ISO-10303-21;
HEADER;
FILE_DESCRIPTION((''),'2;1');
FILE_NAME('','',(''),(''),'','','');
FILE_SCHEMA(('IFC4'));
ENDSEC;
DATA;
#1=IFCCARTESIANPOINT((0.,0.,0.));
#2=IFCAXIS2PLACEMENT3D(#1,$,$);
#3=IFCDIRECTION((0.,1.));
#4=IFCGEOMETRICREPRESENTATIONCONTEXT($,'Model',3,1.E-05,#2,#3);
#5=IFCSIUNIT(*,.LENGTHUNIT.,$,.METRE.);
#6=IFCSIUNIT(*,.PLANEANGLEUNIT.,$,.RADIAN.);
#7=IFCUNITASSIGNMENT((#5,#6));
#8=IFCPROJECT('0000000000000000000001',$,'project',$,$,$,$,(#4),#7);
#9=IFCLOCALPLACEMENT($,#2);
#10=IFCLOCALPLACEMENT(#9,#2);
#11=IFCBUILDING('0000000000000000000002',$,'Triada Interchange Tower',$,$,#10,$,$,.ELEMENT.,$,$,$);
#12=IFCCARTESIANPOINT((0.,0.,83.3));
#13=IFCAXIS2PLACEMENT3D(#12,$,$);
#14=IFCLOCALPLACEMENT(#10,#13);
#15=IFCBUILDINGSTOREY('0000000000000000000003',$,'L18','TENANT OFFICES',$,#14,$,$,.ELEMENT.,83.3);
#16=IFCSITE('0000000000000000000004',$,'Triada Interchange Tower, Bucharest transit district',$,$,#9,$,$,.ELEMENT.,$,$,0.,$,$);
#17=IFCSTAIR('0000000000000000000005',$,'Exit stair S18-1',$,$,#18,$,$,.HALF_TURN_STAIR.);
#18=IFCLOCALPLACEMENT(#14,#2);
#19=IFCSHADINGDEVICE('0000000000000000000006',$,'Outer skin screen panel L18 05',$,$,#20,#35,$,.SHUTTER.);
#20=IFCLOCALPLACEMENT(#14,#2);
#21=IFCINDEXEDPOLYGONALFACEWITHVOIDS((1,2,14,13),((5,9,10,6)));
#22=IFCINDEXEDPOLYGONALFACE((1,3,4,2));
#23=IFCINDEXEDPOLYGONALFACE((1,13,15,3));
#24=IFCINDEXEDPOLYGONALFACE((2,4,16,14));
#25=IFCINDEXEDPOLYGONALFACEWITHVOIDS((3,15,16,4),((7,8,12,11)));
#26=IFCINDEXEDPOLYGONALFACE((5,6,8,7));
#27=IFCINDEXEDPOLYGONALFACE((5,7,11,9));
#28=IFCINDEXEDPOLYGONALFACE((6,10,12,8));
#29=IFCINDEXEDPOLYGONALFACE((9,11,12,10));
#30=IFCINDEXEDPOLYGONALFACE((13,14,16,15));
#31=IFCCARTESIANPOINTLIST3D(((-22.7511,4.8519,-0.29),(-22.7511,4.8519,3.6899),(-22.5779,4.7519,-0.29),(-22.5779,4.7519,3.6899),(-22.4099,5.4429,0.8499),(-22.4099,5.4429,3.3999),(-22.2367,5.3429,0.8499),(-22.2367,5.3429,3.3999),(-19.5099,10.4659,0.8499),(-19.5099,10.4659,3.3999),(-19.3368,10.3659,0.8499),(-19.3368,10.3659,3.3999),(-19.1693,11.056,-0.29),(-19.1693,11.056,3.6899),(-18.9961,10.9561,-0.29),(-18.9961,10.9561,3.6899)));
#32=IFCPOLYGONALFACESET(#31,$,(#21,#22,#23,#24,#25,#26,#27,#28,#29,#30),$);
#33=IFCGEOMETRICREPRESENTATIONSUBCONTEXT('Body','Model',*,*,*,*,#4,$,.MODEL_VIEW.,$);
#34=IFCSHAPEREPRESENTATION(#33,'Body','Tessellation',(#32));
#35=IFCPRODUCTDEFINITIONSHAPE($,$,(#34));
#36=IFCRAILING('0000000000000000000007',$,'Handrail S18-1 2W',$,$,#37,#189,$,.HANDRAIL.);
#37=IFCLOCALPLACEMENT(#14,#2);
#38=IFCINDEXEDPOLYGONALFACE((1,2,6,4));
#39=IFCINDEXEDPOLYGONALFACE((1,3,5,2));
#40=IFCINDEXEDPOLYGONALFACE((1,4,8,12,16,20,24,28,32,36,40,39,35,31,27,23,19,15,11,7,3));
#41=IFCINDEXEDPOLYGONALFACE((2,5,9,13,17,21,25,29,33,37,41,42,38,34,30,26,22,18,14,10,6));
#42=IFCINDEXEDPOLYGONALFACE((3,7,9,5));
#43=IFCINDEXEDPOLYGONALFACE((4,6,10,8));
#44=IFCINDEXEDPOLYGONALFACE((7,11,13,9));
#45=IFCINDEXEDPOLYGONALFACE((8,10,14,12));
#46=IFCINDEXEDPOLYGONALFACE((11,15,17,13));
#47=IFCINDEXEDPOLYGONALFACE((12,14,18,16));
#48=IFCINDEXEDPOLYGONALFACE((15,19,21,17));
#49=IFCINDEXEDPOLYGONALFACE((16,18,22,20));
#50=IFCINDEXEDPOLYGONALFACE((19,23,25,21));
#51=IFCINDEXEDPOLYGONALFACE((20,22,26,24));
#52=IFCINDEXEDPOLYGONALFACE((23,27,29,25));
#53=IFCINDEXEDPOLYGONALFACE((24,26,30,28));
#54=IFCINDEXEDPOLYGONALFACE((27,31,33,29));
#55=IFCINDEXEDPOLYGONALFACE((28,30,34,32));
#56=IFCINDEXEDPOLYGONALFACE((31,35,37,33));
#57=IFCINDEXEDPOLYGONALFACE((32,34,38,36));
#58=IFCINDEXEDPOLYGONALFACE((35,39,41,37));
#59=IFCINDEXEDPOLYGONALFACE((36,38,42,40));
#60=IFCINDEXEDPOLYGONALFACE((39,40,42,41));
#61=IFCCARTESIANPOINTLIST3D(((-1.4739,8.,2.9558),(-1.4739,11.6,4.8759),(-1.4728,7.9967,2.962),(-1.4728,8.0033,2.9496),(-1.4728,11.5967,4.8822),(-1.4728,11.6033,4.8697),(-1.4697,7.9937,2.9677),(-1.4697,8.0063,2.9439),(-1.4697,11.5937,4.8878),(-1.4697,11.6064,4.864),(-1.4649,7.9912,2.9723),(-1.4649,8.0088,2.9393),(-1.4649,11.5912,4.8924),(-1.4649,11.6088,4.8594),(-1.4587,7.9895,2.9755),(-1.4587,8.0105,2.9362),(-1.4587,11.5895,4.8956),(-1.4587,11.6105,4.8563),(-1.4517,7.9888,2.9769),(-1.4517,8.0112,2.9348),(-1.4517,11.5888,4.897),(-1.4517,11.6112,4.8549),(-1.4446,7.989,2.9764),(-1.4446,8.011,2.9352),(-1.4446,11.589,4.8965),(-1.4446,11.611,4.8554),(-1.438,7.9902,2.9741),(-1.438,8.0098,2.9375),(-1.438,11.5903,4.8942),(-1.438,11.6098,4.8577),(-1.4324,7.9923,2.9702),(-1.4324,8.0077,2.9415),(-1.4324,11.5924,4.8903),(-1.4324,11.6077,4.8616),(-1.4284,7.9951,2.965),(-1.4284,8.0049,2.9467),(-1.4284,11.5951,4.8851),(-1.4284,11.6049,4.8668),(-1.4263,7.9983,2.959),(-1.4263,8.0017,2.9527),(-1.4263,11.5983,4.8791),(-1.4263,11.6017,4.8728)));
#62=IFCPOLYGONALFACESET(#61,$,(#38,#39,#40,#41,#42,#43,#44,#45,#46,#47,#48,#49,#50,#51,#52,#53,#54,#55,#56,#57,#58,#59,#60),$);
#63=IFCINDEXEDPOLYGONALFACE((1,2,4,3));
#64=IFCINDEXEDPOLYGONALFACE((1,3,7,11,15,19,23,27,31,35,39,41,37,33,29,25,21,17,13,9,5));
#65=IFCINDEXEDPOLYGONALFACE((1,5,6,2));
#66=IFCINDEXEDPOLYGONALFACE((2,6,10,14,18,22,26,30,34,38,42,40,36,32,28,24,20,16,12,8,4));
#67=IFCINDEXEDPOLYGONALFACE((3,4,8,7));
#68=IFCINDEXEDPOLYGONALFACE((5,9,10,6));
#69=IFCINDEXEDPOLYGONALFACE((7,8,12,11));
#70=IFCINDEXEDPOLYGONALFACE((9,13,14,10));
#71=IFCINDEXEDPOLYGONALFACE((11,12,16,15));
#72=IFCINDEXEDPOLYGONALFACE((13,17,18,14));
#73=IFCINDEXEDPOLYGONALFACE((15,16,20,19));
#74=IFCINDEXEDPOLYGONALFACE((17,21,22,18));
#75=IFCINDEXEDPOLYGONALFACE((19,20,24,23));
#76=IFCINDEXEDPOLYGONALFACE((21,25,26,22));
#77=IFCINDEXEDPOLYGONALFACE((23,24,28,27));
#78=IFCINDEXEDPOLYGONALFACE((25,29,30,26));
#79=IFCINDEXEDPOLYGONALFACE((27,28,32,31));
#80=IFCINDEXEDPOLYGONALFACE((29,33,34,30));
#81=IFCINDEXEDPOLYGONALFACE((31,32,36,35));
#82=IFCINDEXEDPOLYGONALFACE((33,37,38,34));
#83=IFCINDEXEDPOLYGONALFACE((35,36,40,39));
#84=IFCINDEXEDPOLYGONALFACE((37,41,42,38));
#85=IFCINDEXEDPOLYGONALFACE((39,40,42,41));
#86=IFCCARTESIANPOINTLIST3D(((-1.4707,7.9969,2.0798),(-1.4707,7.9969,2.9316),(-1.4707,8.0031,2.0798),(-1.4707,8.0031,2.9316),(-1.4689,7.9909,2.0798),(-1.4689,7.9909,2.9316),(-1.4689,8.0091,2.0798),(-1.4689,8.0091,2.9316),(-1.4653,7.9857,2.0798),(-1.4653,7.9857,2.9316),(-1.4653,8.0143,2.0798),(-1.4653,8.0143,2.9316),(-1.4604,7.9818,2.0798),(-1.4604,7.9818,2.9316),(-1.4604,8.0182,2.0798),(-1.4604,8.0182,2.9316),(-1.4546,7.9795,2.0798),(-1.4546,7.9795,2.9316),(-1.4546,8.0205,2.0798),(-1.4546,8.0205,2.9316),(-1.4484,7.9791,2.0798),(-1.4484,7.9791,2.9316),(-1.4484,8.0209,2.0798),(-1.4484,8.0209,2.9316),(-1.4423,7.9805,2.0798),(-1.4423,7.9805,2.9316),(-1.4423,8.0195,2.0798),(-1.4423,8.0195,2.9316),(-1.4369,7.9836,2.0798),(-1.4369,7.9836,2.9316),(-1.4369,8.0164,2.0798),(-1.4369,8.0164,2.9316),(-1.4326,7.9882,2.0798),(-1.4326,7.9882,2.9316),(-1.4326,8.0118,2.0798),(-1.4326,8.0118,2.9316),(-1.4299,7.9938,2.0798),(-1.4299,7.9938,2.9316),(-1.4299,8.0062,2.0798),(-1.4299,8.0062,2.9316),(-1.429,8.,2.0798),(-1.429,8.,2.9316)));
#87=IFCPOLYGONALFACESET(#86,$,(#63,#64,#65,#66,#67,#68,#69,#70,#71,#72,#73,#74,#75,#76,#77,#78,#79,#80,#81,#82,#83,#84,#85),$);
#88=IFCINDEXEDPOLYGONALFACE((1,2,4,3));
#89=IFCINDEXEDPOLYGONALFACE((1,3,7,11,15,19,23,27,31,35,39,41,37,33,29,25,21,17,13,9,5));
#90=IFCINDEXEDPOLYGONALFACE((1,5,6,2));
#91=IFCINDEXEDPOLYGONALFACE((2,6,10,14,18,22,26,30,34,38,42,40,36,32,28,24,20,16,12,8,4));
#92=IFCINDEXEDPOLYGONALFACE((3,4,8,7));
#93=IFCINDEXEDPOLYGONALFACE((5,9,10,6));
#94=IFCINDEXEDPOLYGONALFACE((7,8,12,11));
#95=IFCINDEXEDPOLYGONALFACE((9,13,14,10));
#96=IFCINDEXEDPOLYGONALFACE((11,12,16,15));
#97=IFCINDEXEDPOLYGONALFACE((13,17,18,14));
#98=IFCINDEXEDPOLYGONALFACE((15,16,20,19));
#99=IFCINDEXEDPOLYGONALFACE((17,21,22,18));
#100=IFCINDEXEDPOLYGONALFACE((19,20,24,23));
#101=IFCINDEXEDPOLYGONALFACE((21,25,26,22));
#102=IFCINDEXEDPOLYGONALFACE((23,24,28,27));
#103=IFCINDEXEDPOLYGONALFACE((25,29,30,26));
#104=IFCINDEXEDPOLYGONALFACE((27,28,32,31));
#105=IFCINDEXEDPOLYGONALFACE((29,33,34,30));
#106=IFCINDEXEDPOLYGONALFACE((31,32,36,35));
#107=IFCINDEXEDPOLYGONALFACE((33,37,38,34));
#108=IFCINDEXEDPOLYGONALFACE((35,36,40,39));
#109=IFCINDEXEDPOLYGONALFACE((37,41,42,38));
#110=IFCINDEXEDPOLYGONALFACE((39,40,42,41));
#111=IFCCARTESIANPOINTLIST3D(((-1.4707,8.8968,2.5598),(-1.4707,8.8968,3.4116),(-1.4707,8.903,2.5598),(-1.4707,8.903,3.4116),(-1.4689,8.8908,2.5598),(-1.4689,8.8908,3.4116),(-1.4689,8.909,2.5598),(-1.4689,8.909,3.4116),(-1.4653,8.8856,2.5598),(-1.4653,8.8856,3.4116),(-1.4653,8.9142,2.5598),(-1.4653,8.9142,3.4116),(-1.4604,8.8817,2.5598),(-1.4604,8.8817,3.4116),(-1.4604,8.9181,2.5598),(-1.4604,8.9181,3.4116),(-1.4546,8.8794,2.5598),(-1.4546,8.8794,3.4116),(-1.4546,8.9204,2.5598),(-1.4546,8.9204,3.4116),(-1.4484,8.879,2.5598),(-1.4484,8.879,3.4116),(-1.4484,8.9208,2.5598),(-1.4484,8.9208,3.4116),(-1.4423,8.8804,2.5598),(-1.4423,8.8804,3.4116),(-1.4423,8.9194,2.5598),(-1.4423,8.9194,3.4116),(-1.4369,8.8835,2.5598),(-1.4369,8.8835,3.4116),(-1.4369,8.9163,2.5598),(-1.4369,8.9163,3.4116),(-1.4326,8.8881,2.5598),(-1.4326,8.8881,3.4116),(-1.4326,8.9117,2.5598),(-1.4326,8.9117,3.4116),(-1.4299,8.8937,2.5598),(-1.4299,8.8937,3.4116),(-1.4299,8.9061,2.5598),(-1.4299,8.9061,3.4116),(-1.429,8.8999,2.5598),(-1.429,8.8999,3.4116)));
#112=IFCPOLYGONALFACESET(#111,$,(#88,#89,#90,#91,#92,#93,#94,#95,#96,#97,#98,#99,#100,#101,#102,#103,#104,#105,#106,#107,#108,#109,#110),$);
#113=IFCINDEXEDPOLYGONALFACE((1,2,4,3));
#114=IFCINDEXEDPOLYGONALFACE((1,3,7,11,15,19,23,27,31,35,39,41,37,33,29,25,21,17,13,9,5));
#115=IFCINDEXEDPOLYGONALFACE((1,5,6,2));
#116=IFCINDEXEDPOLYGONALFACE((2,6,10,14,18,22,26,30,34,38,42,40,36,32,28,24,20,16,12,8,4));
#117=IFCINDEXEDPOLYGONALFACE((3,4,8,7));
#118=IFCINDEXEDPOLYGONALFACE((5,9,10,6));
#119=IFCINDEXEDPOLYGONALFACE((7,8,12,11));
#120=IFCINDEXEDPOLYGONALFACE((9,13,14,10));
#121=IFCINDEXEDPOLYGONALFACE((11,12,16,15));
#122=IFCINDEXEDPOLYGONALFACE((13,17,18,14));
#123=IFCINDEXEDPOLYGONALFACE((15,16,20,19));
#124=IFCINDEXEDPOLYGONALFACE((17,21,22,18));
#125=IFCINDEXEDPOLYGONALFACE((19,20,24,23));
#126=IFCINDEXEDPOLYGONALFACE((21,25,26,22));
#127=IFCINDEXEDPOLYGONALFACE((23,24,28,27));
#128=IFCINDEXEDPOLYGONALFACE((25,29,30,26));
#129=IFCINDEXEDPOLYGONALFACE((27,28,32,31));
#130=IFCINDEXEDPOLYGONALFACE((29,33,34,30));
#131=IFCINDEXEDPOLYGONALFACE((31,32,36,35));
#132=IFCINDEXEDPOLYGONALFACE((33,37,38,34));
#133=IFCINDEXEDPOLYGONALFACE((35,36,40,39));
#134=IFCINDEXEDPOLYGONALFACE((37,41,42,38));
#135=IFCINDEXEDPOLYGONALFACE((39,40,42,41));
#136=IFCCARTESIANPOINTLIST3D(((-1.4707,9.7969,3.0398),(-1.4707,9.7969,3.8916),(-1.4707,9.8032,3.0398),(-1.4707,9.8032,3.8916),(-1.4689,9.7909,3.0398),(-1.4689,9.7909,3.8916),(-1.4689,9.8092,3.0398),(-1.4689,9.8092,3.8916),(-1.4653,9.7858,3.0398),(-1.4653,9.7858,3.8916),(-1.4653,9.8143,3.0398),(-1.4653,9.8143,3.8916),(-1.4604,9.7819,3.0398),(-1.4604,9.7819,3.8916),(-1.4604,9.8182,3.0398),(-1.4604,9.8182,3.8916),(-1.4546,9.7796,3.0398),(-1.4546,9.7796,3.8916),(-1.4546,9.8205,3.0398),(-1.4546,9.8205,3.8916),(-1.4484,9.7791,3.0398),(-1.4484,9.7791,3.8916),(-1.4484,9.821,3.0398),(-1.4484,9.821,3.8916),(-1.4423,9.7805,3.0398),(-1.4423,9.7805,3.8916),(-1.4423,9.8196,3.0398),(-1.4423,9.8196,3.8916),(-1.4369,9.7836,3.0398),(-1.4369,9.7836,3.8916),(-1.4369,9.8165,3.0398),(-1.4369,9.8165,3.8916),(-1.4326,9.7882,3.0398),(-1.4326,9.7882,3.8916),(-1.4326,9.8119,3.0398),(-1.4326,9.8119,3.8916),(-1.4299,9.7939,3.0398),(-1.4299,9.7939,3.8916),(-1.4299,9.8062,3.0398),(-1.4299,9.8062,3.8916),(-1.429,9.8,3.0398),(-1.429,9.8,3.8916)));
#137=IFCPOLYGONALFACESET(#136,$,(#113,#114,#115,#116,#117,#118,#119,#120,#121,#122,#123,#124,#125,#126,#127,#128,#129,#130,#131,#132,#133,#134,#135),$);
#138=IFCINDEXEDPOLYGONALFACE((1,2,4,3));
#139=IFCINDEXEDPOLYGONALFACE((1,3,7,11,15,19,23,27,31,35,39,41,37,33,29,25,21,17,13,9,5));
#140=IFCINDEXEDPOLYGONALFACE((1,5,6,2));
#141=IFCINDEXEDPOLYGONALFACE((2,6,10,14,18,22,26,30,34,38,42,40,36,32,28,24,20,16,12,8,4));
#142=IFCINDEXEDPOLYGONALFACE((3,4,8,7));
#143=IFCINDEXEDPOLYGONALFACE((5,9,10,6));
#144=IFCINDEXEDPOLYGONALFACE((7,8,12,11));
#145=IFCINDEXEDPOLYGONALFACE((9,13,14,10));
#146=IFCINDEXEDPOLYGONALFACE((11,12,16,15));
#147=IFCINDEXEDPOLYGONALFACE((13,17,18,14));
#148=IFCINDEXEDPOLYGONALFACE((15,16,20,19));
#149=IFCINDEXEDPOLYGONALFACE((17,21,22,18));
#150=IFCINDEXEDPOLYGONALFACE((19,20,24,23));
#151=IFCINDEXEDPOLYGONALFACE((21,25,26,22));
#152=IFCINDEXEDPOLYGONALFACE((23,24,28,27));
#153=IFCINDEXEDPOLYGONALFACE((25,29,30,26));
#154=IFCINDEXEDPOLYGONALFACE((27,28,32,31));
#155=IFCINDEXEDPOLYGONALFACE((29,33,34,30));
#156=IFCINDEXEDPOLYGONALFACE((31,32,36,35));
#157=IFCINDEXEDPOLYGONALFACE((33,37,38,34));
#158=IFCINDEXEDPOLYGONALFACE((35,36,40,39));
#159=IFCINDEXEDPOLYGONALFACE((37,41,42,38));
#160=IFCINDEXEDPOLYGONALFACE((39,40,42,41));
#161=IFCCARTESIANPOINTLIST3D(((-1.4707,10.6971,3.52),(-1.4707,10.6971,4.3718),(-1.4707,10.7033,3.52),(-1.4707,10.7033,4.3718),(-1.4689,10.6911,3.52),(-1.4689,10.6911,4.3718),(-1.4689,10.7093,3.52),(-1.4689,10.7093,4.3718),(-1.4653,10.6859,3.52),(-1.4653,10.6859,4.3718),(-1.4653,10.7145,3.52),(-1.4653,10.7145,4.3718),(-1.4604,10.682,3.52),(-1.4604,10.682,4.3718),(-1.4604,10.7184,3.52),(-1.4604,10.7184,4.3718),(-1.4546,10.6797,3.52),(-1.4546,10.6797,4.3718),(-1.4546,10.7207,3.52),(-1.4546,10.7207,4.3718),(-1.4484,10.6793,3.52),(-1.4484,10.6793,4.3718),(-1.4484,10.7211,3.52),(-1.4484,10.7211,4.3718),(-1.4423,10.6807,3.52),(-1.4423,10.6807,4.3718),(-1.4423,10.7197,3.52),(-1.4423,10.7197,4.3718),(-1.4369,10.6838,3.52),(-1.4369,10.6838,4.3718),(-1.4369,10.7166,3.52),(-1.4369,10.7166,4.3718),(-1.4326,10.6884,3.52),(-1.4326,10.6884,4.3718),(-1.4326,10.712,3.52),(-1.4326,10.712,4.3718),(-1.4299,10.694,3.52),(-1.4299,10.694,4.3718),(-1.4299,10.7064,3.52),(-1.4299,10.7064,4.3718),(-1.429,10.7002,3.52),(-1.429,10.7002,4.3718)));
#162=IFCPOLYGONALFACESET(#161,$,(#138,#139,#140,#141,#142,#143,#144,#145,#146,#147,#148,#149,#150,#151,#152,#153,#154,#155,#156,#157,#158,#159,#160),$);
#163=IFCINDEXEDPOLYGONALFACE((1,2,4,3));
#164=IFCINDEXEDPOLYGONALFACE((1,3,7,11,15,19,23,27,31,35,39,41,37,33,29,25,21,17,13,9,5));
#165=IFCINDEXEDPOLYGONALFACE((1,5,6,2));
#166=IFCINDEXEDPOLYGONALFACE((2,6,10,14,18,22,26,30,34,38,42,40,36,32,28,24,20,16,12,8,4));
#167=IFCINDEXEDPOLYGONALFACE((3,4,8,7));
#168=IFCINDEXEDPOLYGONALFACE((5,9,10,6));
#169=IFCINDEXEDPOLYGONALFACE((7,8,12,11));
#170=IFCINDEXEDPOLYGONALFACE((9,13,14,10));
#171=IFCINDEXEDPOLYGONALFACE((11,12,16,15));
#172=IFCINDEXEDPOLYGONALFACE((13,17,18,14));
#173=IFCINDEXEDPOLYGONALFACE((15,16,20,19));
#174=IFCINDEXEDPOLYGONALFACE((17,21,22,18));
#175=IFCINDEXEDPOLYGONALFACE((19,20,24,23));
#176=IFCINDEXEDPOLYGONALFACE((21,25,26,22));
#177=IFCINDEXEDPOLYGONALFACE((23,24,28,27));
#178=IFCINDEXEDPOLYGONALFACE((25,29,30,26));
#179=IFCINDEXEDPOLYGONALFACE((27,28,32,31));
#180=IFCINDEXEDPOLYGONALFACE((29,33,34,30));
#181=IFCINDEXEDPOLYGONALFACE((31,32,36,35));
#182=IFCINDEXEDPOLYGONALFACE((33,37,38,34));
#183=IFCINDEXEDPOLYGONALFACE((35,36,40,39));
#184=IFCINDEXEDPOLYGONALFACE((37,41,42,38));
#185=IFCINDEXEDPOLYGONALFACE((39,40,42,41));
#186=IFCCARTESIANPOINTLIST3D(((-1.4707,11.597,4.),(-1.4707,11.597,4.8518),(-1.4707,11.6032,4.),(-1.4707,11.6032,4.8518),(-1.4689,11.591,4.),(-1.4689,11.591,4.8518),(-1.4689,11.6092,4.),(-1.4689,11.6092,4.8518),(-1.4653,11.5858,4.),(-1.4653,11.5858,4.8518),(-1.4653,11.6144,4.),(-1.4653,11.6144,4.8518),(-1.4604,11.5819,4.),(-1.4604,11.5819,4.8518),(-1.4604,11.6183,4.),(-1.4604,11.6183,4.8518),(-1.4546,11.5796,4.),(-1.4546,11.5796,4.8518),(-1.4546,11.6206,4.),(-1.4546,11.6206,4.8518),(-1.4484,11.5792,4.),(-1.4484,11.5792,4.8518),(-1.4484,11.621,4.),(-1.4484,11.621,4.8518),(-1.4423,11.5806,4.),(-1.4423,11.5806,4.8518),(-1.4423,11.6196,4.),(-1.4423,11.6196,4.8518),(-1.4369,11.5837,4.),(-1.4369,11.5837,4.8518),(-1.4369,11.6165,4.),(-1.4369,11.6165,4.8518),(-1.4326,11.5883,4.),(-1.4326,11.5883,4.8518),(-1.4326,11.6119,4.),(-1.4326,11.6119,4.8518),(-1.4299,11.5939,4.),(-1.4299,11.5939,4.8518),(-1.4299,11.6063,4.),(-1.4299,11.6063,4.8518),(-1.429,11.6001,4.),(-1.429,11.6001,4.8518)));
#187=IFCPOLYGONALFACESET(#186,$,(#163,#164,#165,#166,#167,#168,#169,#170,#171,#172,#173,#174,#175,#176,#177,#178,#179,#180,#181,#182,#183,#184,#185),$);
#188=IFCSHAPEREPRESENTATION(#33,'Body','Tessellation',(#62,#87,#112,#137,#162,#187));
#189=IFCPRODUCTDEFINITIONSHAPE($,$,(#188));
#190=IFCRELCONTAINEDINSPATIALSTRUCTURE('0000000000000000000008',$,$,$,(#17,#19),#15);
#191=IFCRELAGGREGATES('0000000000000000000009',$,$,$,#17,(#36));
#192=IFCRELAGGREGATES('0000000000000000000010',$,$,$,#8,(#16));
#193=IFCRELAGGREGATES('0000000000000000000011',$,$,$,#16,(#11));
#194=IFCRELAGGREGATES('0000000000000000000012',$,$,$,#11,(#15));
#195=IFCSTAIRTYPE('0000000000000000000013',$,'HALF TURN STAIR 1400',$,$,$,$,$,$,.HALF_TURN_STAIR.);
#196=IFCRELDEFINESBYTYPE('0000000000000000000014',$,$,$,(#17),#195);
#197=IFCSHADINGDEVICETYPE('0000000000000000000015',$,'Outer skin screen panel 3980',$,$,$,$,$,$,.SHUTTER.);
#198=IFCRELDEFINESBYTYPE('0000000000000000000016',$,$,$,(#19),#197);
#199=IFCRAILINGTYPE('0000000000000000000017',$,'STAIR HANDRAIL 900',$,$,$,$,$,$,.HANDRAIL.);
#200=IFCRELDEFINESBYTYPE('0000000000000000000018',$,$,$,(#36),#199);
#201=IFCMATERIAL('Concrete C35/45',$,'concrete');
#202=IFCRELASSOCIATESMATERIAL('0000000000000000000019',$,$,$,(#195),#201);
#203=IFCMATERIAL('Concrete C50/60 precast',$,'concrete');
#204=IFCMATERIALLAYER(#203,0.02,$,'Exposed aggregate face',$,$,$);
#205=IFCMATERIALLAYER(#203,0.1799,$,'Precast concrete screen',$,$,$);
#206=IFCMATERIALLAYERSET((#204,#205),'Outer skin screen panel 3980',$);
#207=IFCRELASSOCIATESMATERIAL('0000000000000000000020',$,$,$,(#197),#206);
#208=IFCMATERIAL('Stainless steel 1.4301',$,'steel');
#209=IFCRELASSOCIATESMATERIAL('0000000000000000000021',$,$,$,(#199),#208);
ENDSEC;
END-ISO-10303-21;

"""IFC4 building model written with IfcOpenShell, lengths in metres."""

from ifc_helpers import new_model, si_unit, direction, frame, origin, origin_2d, place, context, subcontext, project, spatial, polyline, circle, outline, extrude, material, layer, layer_set, type_object, element, aggregate, save


model = new_model("IFC4")

# Units and contexts
model_context = context("Model", 3, precision=1e-05, world=origin(), true_north=direction((0.0, 1.0)))
body_context = subcontext(model_context, "Body", "Model", "MODEL_VIEW")
ifc_project = project(units=[si_unit("LENGTHUNIT", "METRE"), si_unit("PLANEANGLEUNIT", "RADIAN")], contexts=[model_context])

# Site, building, storey
site_placement = place(None, origin())
site = spatial("IfcSite", under=ifc_project, at=site_placement, Name="Triada Interchange Tower, Bucharest transit district", CompositionType="ELEMENT", RefElevation=0.0)
building_placement = place(site_placement, origin())
building = spatial("IfcBuilding", under=site, at=building_placement, Name="Triada Interchange Tower", CompositionType="ELEMENT")
storey_placement = place(building_placement, frame((0.0, 0.0, 83.3)))
storey = spatial("IfcBuildingStorey", under=building, at=storey_placement, Name="L18", Description="TENANT OFFICES", CompositionType="ELEMENT", Elevation=83.3)

# Stair
ifc_material_1 = material(Name="Concrete C35/45", Category="concrete")
stair_type = type_object("IfcStairType", Name="HALF TURN STAIR 1400", PredefinedType="HALF_TURN_STAIR", material=ifc_material_1)
stair_placement = place(storey_placement, origin())
stair = element("IfcStair", 1, at=stair_placement, inside=storey, type_object=stair_type, Name="Exit stair S18-1", PredefinedType="HALF_TURN_STAIR")

# Shading device
ifc_material_2 = material(Name="Concrete C50/60 precast", Category="concrete")
ifc_layer_1 = layer(ifc_material_2, 0.02, Name="Exposed aggregate face")
ifc_layer_2 = layer(ifc_material_2, 0.1799, Name="Precast concrete screen")
ifc_layer_set_1 = layer_set([ifc_layer_1, ifc_layer_2], Name="Outer skin screen panel 3980")
shading_device_type = type_object("IfcShadingDeviceType", Name="Outer skin screen panel 3980", PredefinedType="SHUTTER", material=ifc_layer_set_1)
shading_device_1_placement = place(storey_placement, frame((-18.9961, 10.9561, -0.29), z_axis=(0.0, 0.0, 1.0), x_axis=(-0.499984, -0.866035, 0.0)))
element("IfcShadingDevice", 2, at=shading_device_1_placement, inside=storey, type_object=shading_device_type, Name="Outer skin screen panel L18 05", PredefinedType="SHUTTER", context=body_context, shape_type="SweptSolid", body=[
    extrude(outline(polyline([(0.0, 0.0), (7.1638, 0.0), (7.1638, 3.98), (0.0, 3.98), (0.0, 0.0)]), holes=[polyline([(0.6814, 1.1399), (0.6814, 3.6899), (6.4814, 3.6899), (6.4814, 1.1399), (0.6814, 1.1399)])]), frame((0.0, 0.0, 0.0), z_axis=(0.0, -1.0, 0.0), x_axis=(1.0, 0.0, 0.0)), (0.0, 0.0, 1.0), 0.2),
])

# Railing
ifc_material_3 = material(Name="Stainless steel 1.4301", Category="steel")
railing_type = type_object("IfcRailingType", Name="STAIR HANDRAIL 900", PredefinedType="HANDRAIL", material=ifc_material_3)
railing_1_placement = place(storey_placement, frame((-1.45, 8.0, 2.0798)))
railing_1 = element("IfcRailing", 3, at=railing_1_placement, type_object=railing_type, Name="Handrail S18-1 2W", PredefinedType="HANDRAIL", context=body_context, shape_type="SweptSolid", body=[
    extrude(circle(Radius=0.0239, at=origin_2d()), frame((0.0, 0.0, 0.876), z_axis=(0.0, 0.882341, 0.47061), x_axis=(-1.0, 0.0, 0.0)), (0.0, 0.0, 1.0), 4.0801),
    extrude(circle(Radius=0.021, at=origin_2d()), origin(), (0.0, 0.0, 1.0), 0.8518),
    extrude(circle(Radius=0.021, at=origin_2d()), frame((0.0, 0.8999, 0.48)), (0.0, 0.0, 1.0), 0.8518),
    extrude(circle(Radius=0.021, at=origin_2d()), frame((0.0, 1.8, 0.96)), (0.0, 0.0, 1.0), 0.8518),
    extrude(circle(Radius=0.021, at=origin_2d()), frame((0.0, 2.7002, 1.4402)), (0.0, 0.0, 1.0), 0.8518),
    extrude(circle(Radius=0.021, at=origin_2d()), frame((0.0, 3.6001, 1.9202)), (0.0, 0.0, 1.0), 0.8518),
])
aggregate(stair, [railing_1])

save(model, "model.ifc")
